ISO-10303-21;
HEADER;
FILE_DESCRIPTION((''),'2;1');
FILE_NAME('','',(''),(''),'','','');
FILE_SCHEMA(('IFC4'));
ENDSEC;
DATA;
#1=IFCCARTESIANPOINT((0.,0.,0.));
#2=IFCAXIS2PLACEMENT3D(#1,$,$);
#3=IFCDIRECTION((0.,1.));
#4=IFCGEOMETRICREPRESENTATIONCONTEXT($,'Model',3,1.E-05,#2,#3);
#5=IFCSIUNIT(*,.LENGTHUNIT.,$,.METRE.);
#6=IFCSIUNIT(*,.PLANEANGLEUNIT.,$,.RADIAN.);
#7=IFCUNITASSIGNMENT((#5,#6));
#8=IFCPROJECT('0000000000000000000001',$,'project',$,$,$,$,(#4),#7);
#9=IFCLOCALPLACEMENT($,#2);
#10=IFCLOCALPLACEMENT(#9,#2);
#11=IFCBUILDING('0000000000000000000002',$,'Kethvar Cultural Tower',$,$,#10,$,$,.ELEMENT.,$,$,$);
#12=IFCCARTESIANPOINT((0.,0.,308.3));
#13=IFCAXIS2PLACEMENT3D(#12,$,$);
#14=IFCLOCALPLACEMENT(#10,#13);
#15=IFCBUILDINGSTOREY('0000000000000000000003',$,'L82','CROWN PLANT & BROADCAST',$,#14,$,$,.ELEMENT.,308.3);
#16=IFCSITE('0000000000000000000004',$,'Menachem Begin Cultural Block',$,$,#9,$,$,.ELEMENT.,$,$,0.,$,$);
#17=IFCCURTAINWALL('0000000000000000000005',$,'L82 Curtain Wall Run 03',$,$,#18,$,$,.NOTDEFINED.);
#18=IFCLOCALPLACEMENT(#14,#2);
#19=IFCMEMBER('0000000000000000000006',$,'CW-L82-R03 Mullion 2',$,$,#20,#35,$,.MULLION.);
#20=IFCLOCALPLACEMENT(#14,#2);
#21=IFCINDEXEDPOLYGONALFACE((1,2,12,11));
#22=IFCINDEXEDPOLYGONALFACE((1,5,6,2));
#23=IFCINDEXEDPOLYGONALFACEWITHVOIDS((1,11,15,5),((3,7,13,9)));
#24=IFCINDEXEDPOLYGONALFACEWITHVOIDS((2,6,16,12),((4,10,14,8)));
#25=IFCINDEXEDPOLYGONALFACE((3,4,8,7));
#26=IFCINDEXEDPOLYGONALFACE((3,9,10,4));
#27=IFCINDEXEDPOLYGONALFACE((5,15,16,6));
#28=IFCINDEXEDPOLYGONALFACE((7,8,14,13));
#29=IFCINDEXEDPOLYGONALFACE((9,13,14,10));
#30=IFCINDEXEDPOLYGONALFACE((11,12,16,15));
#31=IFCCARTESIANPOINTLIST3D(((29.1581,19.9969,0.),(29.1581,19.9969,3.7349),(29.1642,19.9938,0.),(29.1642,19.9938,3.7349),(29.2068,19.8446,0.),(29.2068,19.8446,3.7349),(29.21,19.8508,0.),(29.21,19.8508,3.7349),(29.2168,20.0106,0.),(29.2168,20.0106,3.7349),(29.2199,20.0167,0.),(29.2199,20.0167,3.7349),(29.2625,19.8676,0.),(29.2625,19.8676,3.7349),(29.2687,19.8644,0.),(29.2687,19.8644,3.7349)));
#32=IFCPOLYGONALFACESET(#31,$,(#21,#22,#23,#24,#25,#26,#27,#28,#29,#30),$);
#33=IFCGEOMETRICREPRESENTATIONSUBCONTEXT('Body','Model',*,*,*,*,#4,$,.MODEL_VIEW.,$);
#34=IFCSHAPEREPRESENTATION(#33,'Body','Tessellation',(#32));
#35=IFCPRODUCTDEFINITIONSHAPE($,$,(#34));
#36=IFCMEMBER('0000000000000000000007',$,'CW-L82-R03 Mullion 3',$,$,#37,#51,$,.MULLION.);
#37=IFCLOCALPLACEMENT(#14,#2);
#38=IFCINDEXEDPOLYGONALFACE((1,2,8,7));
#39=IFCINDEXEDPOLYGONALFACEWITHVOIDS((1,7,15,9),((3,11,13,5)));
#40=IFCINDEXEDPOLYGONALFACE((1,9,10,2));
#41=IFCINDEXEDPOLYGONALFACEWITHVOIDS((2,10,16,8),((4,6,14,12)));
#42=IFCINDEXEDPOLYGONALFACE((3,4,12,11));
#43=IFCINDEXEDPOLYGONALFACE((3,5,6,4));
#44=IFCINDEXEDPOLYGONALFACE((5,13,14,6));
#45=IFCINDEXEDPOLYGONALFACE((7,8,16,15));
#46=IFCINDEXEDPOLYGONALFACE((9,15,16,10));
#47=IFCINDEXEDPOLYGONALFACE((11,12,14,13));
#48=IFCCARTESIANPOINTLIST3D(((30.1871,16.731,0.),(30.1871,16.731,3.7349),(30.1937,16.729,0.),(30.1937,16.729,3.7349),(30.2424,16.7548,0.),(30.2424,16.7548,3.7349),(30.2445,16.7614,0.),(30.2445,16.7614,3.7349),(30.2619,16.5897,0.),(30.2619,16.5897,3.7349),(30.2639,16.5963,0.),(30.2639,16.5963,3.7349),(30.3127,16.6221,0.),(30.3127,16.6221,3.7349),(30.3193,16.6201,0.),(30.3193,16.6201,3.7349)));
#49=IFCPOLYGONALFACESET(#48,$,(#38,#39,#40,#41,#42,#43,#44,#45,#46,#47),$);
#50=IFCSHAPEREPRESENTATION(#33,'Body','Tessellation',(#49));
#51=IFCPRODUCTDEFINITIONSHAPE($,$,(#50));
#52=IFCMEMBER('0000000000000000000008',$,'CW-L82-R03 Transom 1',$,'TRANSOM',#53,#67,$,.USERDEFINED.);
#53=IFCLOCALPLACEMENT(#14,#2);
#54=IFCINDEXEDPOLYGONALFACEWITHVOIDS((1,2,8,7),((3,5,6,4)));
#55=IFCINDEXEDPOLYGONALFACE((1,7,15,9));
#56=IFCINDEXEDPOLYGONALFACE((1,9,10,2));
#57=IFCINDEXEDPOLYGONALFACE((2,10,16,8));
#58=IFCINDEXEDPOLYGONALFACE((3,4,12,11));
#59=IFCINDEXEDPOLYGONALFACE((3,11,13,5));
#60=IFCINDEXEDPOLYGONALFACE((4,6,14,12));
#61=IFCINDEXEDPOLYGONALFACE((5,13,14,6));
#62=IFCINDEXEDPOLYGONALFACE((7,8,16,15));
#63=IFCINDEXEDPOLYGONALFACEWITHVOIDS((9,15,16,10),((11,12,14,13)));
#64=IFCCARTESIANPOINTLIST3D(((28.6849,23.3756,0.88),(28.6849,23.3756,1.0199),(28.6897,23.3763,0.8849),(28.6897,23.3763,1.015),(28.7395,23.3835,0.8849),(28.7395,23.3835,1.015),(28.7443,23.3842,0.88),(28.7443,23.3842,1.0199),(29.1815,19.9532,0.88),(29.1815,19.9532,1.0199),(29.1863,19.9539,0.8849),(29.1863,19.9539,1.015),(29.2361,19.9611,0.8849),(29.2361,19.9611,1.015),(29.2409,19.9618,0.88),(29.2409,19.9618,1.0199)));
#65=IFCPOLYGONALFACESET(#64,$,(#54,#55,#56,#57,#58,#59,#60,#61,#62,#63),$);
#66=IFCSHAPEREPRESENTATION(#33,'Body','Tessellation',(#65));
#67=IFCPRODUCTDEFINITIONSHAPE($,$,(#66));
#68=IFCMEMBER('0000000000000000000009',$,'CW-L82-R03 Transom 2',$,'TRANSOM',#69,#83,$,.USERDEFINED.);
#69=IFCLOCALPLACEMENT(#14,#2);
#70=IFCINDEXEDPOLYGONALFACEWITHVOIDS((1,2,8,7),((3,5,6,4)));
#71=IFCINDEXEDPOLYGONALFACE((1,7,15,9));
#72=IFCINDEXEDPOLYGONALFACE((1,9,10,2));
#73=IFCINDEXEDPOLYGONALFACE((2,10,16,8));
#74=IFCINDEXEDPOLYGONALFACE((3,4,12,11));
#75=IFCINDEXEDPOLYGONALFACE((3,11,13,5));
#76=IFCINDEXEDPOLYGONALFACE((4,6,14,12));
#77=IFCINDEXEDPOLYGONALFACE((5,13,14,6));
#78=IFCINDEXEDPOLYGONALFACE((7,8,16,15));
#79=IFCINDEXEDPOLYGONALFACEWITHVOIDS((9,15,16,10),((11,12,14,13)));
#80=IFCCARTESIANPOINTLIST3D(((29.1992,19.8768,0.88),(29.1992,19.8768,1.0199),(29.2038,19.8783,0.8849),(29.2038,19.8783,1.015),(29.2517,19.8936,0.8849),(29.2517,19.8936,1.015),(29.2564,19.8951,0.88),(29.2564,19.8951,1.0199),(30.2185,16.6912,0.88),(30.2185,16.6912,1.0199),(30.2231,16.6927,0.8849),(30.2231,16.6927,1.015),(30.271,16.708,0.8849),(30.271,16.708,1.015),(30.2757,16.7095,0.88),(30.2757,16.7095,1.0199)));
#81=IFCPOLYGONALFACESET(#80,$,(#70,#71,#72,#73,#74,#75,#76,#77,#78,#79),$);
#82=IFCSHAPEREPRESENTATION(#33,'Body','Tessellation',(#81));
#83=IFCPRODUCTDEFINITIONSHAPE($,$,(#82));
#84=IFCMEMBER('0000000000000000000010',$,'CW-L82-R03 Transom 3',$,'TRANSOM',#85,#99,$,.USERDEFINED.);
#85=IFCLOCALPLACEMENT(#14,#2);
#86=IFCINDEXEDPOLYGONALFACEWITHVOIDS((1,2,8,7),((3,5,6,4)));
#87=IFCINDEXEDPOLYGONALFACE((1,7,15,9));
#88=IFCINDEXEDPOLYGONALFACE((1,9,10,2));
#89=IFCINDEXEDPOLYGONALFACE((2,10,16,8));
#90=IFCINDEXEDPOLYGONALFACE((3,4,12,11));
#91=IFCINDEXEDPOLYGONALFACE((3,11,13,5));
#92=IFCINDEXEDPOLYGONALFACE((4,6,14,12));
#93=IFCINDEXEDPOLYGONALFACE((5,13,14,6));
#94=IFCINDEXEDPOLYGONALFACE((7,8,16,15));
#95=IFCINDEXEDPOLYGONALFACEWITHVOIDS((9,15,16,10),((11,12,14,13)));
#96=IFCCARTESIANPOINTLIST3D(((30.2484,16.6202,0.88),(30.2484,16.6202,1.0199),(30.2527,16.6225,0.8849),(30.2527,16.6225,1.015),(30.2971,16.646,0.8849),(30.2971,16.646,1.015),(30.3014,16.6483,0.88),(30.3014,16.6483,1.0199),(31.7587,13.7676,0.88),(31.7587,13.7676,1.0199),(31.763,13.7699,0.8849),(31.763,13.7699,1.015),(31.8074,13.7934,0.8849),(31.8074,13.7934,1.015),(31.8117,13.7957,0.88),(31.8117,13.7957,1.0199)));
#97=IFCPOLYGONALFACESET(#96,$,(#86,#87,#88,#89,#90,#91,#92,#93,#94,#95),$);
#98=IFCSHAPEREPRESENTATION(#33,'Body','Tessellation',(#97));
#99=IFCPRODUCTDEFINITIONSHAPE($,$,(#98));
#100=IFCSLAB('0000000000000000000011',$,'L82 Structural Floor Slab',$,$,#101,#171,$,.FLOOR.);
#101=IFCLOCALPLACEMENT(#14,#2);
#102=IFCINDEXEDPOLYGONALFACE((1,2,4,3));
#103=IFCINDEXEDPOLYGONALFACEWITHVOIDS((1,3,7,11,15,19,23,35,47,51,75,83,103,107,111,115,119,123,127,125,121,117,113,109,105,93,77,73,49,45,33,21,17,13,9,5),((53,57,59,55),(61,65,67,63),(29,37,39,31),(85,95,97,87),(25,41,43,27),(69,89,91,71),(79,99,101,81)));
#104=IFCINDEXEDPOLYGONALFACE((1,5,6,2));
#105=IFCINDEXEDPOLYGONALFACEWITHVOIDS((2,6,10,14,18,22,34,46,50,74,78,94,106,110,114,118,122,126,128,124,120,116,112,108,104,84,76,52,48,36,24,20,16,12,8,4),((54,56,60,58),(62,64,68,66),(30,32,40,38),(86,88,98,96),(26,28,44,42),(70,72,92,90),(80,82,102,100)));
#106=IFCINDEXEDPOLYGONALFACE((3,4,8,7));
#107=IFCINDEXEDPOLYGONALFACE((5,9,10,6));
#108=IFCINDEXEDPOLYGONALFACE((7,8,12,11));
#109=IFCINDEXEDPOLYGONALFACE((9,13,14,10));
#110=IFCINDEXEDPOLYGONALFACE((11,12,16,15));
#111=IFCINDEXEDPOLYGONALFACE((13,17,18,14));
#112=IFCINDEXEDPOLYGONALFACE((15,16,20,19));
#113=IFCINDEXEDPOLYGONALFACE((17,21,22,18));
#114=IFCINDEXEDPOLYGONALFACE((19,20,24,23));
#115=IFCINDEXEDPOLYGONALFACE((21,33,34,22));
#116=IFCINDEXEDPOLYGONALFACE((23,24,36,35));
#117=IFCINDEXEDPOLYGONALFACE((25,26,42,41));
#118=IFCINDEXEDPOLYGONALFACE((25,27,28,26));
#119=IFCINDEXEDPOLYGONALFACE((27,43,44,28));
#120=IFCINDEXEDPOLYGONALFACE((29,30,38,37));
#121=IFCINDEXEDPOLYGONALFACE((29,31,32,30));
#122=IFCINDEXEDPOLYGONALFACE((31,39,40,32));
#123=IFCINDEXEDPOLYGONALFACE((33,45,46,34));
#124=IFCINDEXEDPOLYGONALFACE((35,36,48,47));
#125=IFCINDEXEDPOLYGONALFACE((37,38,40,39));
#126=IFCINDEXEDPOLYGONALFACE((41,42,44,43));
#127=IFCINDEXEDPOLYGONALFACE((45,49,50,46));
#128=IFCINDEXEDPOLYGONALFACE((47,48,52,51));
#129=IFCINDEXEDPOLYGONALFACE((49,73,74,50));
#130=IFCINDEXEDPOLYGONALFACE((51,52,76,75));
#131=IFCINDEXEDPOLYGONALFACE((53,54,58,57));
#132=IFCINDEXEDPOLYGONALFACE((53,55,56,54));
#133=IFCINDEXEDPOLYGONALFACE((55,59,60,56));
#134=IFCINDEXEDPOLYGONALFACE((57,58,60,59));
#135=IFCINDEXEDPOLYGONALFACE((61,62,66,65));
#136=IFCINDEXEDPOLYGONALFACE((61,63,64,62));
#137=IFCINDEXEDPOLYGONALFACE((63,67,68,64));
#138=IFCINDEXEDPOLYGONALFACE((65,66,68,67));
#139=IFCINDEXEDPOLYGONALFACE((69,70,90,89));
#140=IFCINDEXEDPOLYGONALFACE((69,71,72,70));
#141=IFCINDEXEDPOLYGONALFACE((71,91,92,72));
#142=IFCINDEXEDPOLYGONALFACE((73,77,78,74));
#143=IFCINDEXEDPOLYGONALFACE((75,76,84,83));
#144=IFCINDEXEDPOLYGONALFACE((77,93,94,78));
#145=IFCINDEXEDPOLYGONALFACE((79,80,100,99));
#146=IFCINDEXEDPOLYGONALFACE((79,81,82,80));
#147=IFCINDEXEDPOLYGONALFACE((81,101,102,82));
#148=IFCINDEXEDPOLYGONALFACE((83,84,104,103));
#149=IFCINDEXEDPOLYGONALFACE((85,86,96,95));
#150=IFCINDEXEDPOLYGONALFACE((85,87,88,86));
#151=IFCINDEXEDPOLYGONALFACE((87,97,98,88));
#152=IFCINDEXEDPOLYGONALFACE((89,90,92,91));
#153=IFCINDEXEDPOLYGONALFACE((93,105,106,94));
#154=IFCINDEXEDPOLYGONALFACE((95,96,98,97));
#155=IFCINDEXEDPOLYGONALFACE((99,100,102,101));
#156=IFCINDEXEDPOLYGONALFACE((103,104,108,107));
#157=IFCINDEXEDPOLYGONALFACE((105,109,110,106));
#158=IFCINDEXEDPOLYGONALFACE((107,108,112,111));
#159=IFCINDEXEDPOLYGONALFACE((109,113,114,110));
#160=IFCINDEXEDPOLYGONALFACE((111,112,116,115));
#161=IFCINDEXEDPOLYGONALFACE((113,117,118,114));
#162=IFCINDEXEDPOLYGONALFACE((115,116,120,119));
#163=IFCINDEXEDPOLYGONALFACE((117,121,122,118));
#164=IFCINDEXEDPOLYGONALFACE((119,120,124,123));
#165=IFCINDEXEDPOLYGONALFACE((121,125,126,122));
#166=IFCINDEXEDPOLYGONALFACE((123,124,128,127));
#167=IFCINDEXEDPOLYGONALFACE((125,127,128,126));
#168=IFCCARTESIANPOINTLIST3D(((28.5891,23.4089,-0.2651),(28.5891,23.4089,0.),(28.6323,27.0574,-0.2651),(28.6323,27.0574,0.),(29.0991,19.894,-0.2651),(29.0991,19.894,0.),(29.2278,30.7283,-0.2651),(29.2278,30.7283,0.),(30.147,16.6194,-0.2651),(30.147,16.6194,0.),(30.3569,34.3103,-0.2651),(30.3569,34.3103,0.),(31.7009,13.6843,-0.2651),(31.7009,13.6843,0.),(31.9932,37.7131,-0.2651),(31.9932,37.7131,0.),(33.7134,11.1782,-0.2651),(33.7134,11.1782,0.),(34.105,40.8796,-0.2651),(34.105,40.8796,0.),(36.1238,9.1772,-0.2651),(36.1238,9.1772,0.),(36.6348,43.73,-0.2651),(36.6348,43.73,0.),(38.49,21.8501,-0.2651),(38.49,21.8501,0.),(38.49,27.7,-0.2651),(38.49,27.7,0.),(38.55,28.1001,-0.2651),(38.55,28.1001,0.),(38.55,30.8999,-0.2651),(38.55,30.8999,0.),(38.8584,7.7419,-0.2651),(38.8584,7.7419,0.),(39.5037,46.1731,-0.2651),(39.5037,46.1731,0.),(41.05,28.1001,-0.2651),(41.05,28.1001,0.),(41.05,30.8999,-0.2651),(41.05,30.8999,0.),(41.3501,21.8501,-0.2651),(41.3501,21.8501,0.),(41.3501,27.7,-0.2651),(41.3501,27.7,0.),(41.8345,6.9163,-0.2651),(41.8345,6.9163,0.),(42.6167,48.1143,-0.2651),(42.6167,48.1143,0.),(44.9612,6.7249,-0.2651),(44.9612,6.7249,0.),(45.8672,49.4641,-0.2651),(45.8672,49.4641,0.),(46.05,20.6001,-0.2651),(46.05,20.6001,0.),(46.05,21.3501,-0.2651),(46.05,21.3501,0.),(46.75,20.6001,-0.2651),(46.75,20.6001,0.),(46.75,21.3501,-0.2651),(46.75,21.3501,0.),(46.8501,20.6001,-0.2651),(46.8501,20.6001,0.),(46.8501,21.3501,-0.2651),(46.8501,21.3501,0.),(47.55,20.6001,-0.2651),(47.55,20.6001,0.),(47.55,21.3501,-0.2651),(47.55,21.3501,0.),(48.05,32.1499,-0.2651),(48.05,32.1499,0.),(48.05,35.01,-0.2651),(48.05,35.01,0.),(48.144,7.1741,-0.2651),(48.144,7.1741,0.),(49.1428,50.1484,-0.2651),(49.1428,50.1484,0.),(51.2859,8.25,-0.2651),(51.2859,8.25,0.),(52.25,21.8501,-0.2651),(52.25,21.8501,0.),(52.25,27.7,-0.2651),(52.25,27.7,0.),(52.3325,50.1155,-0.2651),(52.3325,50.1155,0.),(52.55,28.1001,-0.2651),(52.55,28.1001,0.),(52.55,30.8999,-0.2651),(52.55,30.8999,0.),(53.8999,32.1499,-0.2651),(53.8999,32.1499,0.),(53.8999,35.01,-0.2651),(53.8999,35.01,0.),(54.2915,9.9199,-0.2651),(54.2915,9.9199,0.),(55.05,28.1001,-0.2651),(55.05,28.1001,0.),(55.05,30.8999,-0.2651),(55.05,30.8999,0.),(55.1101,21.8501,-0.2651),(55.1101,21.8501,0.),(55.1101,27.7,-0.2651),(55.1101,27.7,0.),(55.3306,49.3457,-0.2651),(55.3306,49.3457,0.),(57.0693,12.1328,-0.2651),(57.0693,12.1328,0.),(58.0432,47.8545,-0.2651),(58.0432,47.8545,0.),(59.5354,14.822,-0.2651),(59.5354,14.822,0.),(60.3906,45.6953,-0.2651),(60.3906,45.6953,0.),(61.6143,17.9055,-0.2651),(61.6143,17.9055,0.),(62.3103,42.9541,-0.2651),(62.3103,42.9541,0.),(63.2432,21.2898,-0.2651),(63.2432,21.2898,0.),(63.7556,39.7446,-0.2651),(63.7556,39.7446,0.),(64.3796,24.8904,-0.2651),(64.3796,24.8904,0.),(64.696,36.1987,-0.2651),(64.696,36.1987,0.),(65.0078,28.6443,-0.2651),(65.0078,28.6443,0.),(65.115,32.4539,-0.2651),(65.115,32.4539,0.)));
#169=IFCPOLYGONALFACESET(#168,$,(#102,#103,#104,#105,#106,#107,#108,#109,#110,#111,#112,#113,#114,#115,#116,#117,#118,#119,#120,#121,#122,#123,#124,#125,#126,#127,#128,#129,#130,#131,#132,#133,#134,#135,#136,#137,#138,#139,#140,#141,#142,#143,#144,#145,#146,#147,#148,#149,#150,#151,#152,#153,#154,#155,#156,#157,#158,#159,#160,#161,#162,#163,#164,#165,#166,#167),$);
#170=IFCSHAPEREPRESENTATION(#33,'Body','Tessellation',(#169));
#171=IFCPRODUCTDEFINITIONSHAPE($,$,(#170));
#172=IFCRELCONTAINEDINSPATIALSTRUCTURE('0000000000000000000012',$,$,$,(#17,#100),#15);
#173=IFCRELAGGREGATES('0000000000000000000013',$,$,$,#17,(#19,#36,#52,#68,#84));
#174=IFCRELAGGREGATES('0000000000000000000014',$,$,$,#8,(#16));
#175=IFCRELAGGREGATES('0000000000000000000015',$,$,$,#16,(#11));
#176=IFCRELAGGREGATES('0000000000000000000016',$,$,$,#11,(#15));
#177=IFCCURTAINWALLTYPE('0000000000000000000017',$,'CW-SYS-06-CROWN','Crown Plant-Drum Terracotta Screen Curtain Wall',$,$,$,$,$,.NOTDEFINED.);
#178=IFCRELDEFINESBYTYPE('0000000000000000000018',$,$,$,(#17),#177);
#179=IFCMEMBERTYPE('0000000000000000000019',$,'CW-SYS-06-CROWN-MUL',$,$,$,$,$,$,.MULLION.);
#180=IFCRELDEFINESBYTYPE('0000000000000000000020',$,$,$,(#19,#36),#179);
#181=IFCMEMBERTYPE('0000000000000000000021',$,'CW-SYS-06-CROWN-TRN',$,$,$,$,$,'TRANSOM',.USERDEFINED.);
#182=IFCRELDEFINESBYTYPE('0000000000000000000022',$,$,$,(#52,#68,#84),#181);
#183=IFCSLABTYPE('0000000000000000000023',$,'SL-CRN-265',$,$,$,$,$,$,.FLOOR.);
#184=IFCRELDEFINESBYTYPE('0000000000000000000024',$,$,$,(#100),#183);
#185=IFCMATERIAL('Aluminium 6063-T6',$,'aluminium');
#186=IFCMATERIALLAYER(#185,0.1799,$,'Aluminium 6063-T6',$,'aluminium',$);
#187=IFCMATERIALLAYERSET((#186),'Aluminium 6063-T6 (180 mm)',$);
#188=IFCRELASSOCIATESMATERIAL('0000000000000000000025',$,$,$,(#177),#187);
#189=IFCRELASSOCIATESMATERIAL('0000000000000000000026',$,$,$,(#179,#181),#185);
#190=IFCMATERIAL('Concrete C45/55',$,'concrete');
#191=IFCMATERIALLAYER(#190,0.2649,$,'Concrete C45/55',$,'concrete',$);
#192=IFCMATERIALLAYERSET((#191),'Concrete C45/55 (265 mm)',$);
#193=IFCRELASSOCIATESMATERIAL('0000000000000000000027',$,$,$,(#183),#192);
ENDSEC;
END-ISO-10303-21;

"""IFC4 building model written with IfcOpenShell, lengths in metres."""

from ifc_helpers import new_model, si_unit, direction, frame, origin, origin_2d, place, context, subcontext, project, spatial, polyline, hollow_rectangle, outline, extrude, source, transform, mapped, material, layer, layer_set, material_profile, profile_set, type_object, element, aggregate, save


model = new_model("IFC4")

# Units and contexts
model_context = context("Model", 3, precision=1e-05, world=origin(), true_north=direction((0.0, 1.0)))
body_context = subcontext(model_context, "Body", "Model", "MODEL_VIEW")
ifc_project = project(units=[si_unit("LENGTHUNIT", "METRE"), si_unit("PLANEANGLEUNIT", "RADIAN")], contexts=[model_context])

# Site, building, storey
site_placement = place(None, origin())
site = spatial("IfcSite", under=ifc_project, at=site_placement, Name="Menachem Begin Cultural Block", CompositionType="ELEMENT", RefElevation=0.0)
building_placement = place(site_placement, origin())
building = spatial("IfcBuilding", under=site, at=building_placement, Name="Kethvar Cultural Tower", CompositionType="ELEMENT")
storey_placement = place(building_placement, frame((0.0, 0.0, 308.3)))
storey = spatial("IfcBuildingStorey", under=building, at=storey_placement, Name="L82", Description="CROWN PLANT & BROADCAST", CompositionType="ELEMENT", Elevation=308.3)

# Shared definitions
ifc_material_1 = material(Name="Aluminium 6063-T6", Category="aluminium")
ifc_layer_1 = layer(ifc_material_1, 0.1799, Name="Aluminium 6063-T6", Category="aluminium")
ifc_layer_set_1 = layer_set([ifc_layer_1], Name="Aluminium 6063-T6 (180 mm)")
curtain_wall_type = type_object("IfcCurtainWallType", Name="CW-SYS-06-CROWN", Description="Crown Plant-Drum Terracotta Screen Curtain Wall", PredefinedType="NOTDEFINED", material=ifc_layer_set_1)
ifc_material_profile_1 = material_profile(ifc_material_1, hollow_rectangle(XDim=0.0649, YDim=0.1599, WallThickness=0.0049, at=origin_2d()), Name="Aluminium 6063-T6 — RHS160x65x5")
ifc_profile_set_1 = profile_set([ifc_material_profile_1], Name="Aluminium 6063-T6 — RHS160x65x5")
member_type_1 = type_object("IfcMemberType", Name="CW-SYS-06-CROWN-MUL", PredefinedType="MULLION", material=ifc_profile_set_1)
shared_shape_1 = source(origin(), body_context, "Body", "SweptSolid", [
    extrude(hollow_rectangle(XDim=0.0649, YDim=0.1599, WallThickness=0.0049, at=origin_2d()), origin(), (0.0, 0.0, 1.0), 3.7349),
])

# Curtain wall, members
curtain_wall_1_placement = place(storey_placement, origin())
curtain_wall_1 = element("IfcCurtainWall", 1, at=curtain_wall_1_placement, inside=storey, type_object=curtain_wall_type, Name="L82 Curtain Wall Run 03", PredefinedType="NOTDEFINED")
member_1_placement = place(storey_placement, frame((29.2134, 19.9307, 0.0), z_axis=(0.0, 0.0, 1.0), x_axis=(0.952422, 0.304781, 0.0)))
member_1 = element("IfcMember", 2, at=member_1_placement, type_object=member_type_1, Name="CW-L82-R03 Mullion 2", PredefinedType="MULLION", context=body_context, shape_type="MappedRepresentation", body=[
    mapped(shared_shape_1, transform((0.0, 0.0, 0.0), scale=1.0)),
])
member_2_placement = place(storey_placement, frame((30.2532, 16.6755, 0.0), z_axis=(0.0, 0.0, 1.0), x_axis=(0.883782, 0.467899, 0.0)))
member_2 = element("IfcMember", 3, at=member_2_placement, type_object=member_type_1, Name="CW-L82-R03 Mullion 3", PredefinedType="MULLION", context=body_context, shape_type="MappedRepresentation", body=[
    mapped(shared_shape_1, transform((0.0, 0.0, 0.0), scale=1.0)),
])
ifc_material_profile_2 = material_profile(ifc_material_1, hollow_rectangle(XDim=0.0601, YDim=0.1399, WallThickness=0.0049, at=origin_2d()), Name="Aluminium 6063-T6 — RHS140x60x5")
ifc_profile_set_2 = profile_set([ifc_material_profile_2], Name="Aluminium 6063-T6 — RHS140x60x5")
member_type_2 = type_object("IfcMemberType", Name="CW-SYS-06-CROWN-TRN", ElementType="TRANSOM", PredefinedType="USERDEFINED", material=ifc_profile_set_2)
shared_shape_2 = source(origin(), body_context, "Body", "SweptSolid", [
    extrude(hollow_rectangle(XDim=0.0601, YDim=0.1399, WallThickness=0.0049, at=origin_2d()), origin(), (0.0, 0.0, 1.0), 3.4583),
])
member_3_placement = place(storey_placement, frame((28.7146, 23.3799, 0.95), z_axis=(0.143595, -0.989636, 0.0), x_axis=(0.989636, 0.143595, 0.0)))
member_3 = element("IfcMember", 4, at=member_3_placement, type_object=member_type_2, Name="CW-L82-R03 Transom 1", ObjectType="TRANSOM", PredefinedType="USERDEFINED", context=body_context, shape_type="MappedRepresentation", body=[
    mapped(shared_shape_2, transform((0.0, 0.0, 0.0), scale=1.0)),
])
shared_shape_3 = source(origin(), body_context, "Body", "SweptSolid", [
    extrude(hollow_rectangle(XDim=0.0601, YDim=0.1399, WallThickness=0.0049, at=origin_2d()), origin(), (0.0, 0.0, 1.0), 3.3447),
])
member_4_placement = place(storey_placement, frame((29.2278, 19.886, 0.95), z_axis=(0.304752, -0.952432, 0.0), x_axis=(0.952432, 0.304752, 0.0)))
member_4 = element("IfcMember", 5, at=member_4_placement, type_object=member_type_2, Name="CW-L82-R03 Transom 2", ObjectType="TRANSOM", PredefinedType="USERDEFINED", context=body_context, shape_type="MappedRepresentation", body=[
    mapped(shared_shape_3, transform((0.0, 0.0, 0.0), scale=1.0)),
])
shared_shape_4 = source(origin(), body_context, "Body", "SweptSolid", [
    extrude(hollow_rectangle(XDim=0.0601, YDim=0.1399, WallThickness=0.0049, at=origin_2d()), origin(), (0.0, 0.0, 1.0), 3.2278),
])
member_5_placement = place(storey_placement, frame((30.2749, 16.6343, 0.95), z_axis=(0.467909, -0.883777, 0.0), x_axis=(0.883777, 0.467909, 0.0)))
member_5 = element("IfcMember", 6, at=member_5_placement, type_object=member_type_2, Name="CW-L82-R03 Transom 3", ObjectType="TRANSOM", PredefinedType="USERDEFINED", context=body_context, shape_type="MappedRepresentation", body=[
    mapped(shared_shape_4, transform((0.0, 0.0, 0.0), scale=1.0)),
])

# Slab
ifc_material_2 = material(Name="Concrete C45/55", Category="concrete")
ifc_layer_2 = layer(ifc_material_2, 0.2649, Name="Concrete C45/55", Category="concrete")
ifc_layer_set_2 = layer_set([ifc_layer_2], Name="Concrete C45/55 (265 mm)")
slab_type_1 = type_object("IfcSlabType", Name="SL-CRN-265", PredefinedType="FLOOR", material=ifc_layer_set_2)
slab_1_placement = place(storey_placement, frame((0.0, 0.0, -0.2651)))
element("IfcSlab", 7, at=slab_1_placement, inside=storey, type_object=slab_type_1, Name="L82 Structural Floor Slab", PredefinedType="FLOOR", context=body_context, shape_type="SweptSolid", body=[
    extrude(outline(polyline([(55.3306, 49.3457), (52.3325, 50.1155), (49.1428, 50.1484), (45.8672, 49.4641), (42.6167, 48.1143), (39.5037, 46.1731), (36.6348, 43.73), (34.105, 40.8796), (31.9932, 37.7131), (30.3569, 34.3103), (29.2278, 30.7283), (28.6323, 27.0574), (28.5891, 23.4089), (29.0991, 19.894), (30.147, 16.6194), (31.7009, 13.6843), (33.7134, 11.1782), (36.1238, 9.1772), (38.8584, 7.7419), (41.8345, 6.9163), (44.9612, 6.7249), (48.144, 7.1741), (51.2859, 8.25), (54.2915, 9.9199), (57.0693, 12.1328), (59.5354, 14.822), (61.6143, 17.9055), (63.2432, 21.2898), (64.3796, 24.8904), (65.0078, 28.6443), (65.115, 32.4539), (64.696, 36.1987), (63.7556, 39.7446), (62.3103, 42.9541), (60.3906, 45.6953), (58.0432, 47.8545), (55.3306, 49.3457)]), holes=[polyline([(38.49, 21.8501), (38.49, 27.7), (41.3501, 27.7), (41.3501, 21.8501), (38.49, 21.8501)]), polyline([(52.25, 21.8501), (52.25, 27.7), (55.1101, 27.7), (55.1101, 21.8501), (52.25, 21.8501)]), polyline([(53.8999, 32.1499), (48.05, 32.1499), (48.05, 35.01), (53.8999, 35.01), (53.8999, 32.1499)]), polyline([(38.55, 30.8999), (41.05, 30.8999), (41.05, 28.1001), (38.55, 28.1001), (38.55, 30.8999)]), polyline([(52.55, 30.8999), (55.05, 30.8999), (55.05, 28.1001), (52.55, 28.1001), (52.55, 30.8999)]), polyline([(46.05, 21.3501), (46.75, 21.3501), (46.75, 20.6001), (46.05, 20.6001), (46.05, 21.3501)]), polyline([(46.8501, 21.3501), (47.55, 21.3501), (47.55, 20.6001), (46.8501, 20.6001), (46.8501, 21.3501)])]), origin(), (0.0, 0.0, 1.0), 0.2651),
])

aggregate(curtain_wall_1, [member_1, member_2, member_3, member_4, member_5])

save(model, "model.ifc")
